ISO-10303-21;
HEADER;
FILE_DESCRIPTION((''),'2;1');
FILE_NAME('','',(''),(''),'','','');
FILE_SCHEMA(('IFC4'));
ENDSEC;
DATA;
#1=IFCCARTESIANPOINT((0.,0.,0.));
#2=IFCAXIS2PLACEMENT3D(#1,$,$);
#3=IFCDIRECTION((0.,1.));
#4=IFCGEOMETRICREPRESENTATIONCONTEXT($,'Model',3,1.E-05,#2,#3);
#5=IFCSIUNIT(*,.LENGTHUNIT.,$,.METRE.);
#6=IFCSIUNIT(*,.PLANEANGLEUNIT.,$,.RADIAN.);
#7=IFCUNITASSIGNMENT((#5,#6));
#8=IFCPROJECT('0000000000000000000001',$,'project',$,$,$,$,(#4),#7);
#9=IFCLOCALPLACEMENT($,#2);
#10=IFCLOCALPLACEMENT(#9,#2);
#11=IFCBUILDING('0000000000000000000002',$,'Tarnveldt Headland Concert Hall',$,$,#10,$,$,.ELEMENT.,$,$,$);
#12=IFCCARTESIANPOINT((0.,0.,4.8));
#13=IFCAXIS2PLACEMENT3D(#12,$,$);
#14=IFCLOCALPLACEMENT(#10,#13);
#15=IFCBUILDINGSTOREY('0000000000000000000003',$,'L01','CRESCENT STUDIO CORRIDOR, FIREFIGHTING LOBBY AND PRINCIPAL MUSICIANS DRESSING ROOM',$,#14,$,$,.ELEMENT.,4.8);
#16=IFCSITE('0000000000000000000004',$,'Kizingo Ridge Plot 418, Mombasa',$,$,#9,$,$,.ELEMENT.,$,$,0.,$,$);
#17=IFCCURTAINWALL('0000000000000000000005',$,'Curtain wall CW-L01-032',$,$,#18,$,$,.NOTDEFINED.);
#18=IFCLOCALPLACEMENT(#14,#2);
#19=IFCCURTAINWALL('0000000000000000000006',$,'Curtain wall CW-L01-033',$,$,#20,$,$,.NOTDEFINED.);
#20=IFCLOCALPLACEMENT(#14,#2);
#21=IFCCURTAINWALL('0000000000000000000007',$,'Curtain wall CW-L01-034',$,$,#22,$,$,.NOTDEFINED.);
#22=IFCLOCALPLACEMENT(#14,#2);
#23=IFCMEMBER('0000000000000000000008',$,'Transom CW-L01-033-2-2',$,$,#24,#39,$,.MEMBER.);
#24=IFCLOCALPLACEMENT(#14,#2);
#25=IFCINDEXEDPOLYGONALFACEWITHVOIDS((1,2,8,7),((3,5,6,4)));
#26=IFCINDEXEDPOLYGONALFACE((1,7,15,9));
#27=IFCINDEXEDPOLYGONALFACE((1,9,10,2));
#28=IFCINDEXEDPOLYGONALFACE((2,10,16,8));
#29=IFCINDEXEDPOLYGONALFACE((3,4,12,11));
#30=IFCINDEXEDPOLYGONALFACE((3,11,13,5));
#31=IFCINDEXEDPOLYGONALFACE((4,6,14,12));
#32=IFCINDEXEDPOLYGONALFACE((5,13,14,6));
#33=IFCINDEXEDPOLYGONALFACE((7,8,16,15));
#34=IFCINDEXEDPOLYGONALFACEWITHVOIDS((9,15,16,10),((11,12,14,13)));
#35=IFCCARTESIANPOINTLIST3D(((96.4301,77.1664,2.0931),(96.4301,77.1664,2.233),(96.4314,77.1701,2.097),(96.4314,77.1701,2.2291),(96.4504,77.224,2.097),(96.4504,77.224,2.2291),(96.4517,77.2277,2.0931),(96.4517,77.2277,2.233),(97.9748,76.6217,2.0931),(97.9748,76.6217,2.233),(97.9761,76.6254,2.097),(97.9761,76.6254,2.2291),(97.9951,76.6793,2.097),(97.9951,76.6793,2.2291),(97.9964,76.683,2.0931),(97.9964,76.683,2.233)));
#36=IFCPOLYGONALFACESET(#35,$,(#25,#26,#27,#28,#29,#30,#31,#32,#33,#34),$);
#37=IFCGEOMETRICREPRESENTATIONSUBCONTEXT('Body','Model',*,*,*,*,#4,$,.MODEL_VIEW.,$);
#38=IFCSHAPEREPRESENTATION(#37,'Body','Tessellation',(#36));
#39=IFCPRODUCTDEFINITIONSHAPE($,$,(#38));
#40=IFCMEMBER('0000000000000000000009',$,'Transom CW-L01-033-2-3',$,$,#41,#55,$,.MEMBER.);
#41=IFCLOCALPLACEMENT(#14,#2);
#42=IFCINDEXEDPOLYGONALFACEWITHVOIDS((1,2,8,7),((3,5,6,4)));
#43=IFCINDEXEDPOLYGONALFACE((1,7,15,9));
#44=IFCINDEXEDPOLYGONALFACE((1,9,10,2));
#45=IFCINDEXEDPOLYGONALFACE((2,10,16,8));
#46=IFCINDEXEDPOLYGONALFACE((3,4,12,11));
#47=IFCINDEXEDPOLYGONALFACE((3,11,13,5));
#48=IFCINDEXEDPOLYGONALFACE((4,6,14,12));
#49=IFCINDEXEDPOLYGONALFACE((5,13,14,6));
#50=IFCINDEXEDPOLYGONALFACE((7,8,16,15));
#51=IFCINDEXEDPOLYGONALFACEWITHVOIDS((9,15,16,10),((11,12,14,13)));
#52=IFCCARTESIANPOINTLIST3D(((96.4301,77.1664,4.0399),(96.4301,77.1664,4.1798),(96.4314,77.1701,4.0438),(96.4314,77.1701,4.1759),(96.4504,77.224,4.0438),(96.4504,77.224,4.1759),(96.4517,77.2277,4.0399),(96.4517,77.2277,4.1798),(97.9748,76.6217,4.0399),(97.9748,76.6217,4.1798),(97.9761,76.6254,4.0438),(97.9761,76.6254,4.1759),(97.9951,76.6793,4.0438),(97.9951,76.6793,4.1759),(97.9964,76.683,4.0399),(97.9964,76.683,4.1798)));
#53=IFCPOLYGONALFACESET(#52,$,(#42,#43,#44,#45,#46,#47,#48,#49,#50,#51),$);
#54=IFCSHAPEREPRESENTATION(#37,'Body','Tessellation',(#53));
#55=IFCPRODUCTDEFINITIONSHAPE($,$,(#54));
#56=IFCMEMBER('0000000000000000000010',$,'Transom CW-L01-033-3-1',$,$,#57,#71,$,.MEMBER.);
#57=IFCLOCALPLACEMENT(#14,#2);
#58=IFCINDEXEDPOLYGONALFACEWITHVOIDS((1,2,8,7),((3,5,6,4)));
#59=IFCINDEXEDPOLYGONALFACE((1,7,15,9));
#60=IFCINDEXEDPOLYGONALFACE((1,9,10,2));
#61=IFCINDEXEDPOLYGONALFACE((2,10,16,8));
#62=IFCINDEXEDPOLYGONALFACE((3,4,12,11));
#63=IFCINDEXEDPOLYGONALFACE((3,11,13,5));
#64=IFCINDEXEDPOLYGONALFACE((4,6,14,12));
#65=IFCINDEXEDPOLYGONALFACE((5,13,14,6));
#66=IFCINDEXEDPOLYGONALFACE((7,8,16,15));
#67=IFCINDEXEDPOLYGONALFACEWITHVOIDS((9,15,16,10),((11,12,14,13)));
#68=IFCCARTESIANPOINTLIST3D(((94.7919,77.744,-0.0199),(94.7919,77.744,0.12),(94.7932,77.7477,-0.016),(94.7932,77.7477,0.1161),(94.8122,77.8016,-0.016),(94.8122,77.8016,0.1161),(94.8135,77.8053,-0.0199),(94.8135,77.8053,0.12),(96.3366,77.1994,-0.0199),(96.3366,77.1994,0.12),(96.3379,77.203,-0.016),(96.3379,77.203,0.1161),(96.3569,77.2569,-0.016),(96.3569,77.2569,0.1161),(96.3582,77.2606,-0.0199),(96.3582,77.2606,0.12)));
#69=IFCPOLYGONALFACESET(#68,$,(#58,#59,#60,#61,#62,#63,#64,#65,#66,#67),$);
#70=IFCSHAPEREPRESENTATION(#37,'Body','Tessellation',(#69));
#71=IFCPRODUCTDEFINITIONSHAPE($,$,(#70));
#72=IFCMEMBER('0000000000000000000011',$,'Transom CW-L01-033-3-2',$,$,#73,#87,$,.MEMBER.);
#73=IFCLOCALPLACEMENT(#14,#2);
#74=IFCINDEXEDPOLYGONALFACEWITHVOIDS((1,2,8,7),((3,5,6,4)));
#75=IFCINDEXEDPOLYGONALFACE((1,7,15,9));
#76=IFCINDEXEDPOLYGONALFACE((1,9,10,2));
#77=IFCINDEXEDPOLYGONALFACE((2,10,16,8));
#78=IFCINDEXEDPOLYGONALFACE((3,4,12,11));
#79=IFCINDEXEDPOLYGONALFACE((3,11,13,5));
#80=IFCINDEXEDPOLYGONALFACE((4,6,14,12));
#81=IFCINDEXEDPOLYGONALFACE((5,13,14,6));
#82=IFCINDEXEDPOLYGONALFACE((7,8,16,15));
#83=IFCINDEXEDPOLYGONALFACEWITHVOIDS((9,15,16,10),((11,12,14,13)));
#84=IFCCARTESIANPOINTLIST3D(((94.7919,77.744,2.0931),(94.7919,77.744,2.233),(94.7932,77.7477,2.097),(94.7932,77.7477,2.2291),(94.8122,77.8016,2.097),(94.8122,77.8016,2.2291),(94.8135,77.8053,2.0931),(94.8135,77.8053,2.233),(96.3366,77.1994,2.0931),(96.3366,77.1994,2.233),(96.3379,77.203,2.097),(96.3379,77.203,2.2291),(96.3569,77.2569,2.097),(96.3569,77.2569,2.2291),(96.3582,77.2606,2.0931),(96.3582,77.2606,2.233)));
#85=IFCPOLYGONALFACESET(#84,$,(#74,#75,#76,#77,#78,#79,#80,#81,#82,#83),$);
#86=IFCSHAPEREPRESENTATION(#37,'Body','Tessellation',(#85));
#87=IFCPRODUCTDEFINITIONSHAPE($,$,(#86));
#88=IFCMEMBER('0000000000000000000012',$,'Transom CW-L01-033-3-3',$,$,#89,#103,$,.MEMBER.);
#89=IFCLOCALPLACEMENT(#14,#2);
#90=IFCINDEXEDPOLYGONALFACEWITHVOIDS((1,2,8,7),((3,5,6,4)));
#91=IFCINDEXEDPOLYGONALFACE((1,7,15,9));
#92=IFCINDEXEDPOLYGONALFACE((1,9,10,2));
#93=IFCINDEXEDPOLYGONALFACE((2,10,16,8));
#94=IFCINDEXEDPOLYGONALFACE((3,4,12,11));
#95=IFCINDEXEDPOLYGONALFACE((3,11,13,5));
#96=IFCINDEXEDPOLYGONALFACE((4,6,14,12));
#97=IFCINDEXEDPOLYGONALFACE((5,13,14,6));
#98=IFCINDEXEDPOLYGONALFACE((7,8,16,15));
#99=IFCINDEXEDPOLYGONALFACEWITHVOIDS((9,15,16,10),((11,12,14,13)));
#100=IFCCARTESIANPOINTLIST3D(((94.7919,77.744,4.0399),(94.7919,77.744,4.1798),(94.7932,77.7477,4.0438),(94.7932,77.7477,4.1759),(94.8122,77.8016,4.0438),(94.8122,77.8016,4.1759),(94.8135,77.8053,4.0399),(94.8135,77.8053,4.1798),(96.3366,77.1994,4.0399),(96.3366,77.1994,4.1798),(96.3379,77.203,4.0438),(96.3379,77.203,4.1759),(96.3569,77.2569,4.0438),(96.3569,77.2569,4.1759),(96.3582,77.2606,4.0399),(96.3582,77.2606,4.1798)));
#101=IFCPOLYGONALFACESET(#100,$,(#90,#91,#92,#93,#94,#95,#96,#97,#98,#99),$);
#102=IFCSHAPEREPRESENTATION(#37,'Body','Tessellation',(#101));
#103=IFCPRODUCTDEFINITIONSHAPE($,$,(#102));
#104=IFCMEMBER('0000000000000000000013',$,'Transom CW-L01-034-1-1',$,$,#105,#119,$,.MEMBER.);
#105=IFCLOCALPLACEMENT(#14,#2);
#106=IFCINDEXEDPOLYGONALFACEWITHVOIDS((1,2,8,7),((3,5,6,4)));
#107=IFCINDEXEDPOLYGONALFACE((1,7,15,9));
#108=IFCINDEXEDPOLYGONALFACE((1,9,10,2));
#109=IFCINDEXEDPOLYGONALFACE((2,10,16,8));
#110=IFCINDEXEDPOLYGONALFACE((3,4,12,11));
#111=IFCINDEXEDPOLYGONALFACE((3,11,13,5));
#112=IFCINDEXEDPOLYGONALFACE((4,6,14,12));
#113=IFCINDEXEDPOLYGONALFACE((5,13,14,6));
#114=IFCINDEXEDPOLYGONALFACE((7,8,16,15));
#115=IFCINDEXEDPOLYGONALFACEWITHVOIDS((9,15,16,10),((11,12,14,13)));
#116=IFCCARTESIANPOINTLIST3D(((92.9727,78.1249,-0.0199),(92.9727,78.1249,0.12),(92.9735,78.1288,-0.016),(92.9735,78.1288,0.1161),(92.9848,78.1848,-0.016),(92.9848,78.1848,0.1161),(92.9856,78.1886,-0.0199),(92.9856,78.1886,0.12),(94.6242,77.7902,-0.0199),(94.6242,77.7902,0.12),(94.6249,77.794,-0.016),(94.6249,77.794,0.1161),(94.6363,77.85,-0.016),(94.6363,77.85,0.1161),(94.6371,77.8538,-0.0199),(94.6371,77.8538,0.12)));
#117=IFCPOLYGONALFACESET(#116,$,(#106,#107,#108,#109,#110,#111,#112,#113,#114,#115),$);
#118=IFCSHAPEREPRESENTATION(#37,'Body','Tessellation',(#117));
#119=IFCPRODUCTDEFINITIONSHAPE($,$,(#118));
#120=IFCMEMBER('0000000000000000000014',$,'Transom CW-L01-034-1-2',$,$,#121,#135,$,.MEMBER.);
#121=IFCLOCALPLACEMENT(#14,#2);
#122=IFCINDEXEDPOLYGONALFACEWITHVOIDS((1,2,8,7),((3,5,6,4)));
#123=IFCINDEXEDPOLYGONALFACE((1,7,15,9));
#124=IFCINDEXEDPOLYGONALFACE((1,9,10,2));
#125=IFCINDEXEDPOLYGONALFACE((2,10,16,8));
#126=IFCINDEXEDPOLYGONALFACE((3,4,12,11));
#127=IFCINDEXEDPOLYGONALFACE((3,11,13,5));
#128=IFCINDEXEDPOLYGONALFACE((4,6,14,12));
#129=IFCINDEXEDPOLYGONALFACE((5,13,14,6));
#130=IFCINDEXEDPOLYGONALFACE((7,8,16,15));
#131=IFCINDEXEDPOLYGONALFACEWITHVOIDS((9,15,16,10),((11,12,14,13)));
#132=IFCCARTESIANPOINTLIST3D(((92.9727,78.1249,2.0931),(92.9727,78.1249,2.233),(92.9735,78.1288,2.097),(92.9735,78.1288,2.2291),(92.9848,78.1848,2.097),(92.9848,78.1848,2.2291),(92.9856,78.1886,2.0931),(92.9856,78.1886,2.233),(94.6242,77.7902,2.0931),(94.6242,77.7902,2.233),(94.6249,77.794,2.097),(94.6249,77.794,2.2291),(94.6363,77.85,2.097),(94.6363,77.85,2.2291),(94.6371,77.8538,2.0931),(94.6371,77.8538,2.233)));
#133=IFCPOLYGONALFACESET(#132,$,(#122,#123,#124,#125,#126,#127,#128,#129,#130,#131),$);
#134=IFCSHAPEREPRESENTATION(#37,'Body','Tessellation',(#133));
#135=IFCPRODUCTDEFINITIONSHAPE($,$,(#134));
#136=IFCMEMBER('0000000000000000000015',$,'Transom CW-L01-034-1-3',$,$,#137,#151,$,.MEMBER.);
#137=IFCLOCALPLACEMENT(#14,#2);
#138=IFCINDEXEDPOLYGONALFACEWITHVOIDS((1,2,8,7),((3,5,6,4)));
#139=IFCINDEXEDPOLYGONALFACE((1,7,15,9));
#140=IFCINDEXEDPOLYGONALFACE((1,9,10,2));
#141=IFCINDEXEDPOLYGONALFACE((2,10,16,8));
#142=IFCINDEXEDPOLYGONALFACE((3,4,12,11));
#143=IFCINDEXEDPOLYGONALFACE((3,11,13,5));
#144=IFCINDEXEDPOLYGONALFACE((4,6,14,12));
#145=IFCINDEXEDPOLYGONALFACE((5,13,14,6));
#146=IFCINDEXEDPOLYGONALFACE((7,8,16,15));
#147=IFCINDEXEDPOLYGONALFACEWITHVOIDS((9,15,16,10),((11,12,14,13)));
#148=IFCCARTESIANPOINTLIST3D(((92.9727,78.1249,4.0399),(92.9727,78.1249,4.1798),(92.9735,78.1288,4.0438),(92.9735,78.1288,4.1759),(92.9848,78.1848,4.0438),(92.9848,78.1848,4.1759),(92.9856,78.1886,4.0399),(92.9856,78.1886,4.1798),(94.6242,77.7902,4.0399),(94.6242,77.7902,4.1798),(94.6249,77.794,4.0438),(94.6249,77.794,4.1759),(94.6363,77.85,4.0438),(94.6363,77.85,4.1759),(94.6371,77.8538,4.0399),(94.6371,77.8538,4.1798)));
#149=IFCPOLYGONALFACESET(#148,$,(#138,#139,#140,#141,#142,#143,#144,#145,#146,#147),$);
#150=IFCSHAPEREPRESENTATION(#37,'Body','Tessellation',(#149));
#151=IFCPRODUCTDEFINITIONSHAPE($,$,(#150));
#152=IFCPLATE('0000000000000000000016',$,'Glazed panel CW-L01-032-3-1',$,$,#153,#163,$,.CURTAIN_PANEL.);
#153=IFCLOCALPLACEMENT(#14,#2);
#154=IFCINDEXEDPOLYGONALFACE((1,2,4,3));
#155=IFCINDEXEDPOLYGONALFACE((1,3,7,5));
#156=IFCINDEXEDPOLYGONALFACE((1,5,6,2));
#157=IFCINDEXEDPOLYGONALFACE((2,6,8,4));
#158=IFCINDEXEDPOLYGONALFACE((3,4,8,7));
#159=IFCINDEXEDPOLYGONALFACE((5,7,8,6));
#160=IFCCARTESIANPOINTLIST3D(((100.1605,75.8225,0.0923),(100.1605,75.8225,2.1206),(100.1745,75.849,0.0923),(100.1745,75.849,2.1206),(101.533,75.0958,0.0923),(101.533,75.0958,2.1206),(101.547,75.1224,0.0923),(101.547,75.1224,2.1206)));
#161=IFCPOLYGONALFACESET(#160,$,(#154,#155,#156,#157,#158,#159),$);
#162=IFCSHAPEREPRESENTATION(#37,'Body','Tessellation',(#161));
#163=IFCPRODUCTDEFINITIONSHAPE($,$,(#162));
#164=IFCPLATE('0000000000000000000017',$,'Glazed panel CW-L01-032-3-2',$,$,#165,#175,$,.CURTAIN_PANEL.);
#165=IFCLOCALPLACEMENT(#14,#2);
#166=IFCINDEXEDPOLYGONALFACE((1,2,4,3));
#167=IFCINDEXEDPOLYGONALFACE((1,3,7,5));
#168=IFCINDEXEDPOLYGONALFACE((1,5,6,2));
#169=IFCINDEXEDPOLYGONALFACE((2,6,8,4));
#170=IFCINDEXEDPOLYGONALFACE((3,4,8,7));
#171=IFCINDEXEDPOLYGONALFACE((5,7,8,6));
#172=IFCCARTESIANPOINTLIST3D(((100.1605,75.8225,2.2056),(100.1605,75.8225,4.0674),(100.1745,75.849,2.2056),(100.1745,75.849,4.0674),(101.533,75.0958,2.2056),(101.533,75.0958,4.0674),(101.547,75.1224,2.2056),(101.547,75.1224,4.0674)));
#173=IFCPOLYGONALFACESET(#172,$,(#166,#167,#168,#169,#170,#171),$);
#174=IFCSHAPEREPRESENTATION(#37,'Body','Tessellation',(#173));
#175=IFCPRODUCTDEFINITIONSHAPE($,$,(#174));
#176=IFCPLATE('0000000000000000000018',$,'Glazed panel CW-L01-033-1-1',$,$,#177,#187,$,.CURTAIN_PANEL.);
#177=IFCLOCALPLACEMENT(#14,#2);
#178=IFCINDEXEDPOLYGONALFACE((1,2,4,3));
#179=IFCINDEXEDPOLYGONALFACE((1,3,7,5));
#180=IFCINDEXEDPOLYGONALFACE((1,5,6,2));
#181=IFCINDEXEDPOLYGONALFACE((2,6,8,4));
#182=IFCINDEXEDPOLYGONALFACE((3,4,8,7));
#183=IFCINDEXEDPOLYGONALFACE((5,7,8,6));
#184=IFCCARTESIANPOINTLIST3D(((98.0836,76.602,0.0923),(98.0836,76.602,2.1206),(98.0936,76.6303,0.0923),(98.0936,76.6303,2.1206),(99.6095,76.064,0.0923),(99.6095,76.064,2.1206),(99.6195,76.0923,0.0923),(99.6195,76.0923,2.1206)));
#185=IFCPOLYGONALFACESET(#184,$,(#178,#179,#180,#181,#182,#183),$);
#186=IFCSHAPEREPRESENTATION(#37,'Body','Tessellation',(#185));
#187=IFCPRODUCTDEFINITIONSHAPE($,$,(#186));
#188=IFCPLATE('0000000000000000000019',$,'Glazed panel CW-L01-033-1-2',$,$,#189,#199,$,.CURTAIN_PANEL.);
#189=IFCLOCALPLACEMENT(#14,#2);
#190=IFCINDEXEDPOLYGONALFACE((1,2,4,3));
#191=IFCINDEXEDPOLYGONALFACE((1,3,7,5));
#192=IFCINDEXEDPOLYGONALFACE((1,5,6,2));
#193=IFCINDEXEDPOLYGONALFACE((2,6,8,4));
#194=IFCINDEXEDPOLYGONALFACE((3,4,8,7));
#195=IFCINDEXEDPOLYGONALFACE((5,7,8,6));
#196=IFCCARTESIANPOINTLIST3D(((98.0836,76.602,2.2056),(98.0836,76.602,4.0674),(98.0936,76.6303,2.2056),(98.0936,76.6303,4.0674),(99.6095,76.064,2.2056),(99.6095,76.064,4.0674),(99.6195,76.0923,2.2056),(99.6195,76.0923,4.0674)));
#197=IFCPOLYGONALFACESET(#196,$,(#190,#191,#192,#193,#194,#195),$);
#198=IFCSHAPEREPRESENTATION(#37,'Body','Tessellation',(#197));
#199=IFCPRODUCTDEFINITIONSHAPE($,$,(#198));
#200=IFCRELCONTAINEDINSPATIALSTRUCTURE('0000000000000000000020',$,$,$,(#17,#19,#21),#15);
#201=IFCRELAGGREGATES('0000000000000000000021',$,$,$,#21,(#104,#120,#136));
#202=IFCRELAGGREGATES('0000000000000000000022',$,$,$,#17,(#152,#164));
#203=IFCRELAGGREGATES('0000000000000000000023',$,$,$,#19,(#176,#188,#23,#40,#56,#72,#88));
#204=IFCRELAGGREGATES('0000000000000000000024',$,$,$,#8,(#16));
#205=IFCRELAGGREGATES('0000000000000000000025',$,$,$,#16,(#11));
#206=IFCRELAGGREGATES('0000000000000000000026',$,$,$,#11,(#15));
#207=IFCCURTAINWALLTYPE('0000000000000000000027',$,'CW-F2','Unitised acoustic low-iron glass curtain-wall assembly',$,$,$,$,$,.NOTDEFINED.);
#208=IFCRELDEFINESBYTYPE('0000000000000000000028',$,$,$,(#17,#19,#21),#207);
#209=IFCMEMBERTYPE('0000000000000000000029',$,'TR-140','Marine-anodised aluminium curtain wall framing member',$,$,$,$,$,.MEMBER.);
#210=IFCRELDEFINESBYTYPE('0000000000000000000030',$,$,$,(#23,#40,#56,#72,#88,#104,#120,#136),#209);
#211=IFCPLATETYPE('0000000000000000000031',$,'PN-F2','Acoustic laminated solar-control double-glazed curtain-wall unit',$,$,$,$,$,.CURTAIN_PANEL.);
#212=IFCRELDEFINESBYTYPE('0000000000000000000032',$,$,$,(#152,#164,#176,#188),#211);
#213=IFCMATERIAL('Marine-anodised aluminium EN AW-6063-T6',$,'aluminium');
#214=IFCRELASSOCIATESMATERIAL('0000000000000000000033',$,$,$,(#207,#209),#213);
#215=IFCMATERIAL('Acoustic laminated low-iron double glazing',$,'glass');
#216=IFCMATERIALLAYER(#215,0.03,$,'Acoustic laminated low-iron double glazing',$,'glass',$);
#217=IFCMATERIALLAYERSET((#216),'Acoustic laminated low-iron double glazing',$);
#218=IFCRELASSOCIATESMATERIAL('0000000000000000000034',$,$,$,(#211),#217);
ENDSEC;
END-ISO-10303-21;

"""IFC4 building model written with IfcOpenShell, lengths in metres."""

from ifc_helpers import new_model, si_unit, direction, frame, origin, origin_2d, place, context, subcontext, project, spatial, rectangle, hollow_rectangle, extrude, material, layer, layer_set, material_profile, profile_set, type_object, element, aggregate, save


model = new_model("IFC4")

# Units and contexts
model_context = context("Model", 3, precision=1e-05, world=origin(), true_north=direction((0.0, 1.0)))
body_context = subcontext(model_context, "Body", "Model", "MODEL_VIEW")
ifc_project = project(units=[si_unit("LENGTHUNIT", "METRE"), si_unit("PLANEANGLEUNIT", "RADIAN")], contexts=[model_context])

# Site, building, storey
site_placement = place(None, origin())
site = spatial("IfcSite", under=ifc_project, at=site_placement, Name="Kizingo Ridge Plot 418, Mombasa", CompositionType="ELEMENT", RefElevation=0.0)
building_placement = place(site_placement, origin())
building = spatial("IfcBuilding", under=site, at=building_placement, Name="Tarnveldt Headland Concert Hall", CompositionType="ELEMENT")
storey_placement = place(building_placement, frame((0.0, 0.0, 4.8)))
storey = spatial("IfcBuildingStorey", under=building, at=storey_placement, Name="L01", Description="CRESCENT STUDIO CORRIDOR, FIREFIGHTING LOBBY AND PRINCIPAL MUSICIANS DRESSING ROOM", CompositionType="ELEMENT", Elevation=4.8)

# Curtain wall
ifc_material_1 = material(Name="Marine-anodised aluminium EN AW-6063-T6", Category="aluminium")
curtain_wall_type = type_object("IfcCurtainWallType", Name="CW-F2", Description="Unitised acoustic low-iron glass curtain-wall assembly", PredefinedType="NOTDEFINED", material=ifc_material_1)
curtain_wall_1_placement = place(storey_placement, origin())
curtain_wall_1 = element("IfcCurtainWall", 1, at=curtain_wall_1_placement, inside=storey, type_object=curtain_wall_type, Name="Curtain wall CW-L01-032", PredefinedType="NOTDEFINED")

# Curtain wall
curtain_wall_2_placement = place(storey_placement, origin())
curtain_wall_2 = element("IfcCurtainWall", 2, at=curtain_wall_2_placement, inside=storey, type_object=curtain_wall_type, Name="Curtain wall CW-L01-033", PredefinedType="NOTDEFINED")

# Curtain wall
curtain_wall_3_placement = place(storey_placement, origin())
curtain_wall_3 = element("IfcCurtainWall", 3, at=curtain_wall_3_placement, inside=storey, type_object=curtain_wall_type, Name="Curtain wall CW-L01-034", PredefinedType="NOTDEFINED")

# Members
ifc_material_profile_1 = material_profile(ifc_material_1, hollow_rectangle(XDim=0.0649, YDim=0.1399, WallThickness=0.0039, at=origin_2d()), Name="ALU TRANSOM 65x140x4", Category="aluminium")
ifc_profile_set_1 = profile_set([ifc_material_profile_1], Name="Marine-anodised aluminium EN AW-6063-T6")
member_type_1 = type_object("IfcMemberType", Name="TR-140", Description="Marine-anodised aluminium curtain wall framing member", PredefinedType="MEMBER", material=ifc_profile_set_1)
member_1_placement = place(storey_placement, frame((97.9856, 76.6523, 2.1631), z_axis=(-0.943087, 0.332547, 0.0), x_axis=(-0.332547, -0.943087, 0.0)))
member_1 = element("IfcMember", 4, at=member_1_placement, type_object=member_type_1, Name="Transom CW-L01-033-2-2", PredefinedType="MEMBER", context=body_context, shape_type="SweptSolid", body=[
    extrude(hollow_rectangle(XDim=0.0649, YDim=0.1399, WallThickness=0.0039, at=origin_2d()), origin(), (0.0, 0.0, 1.0), 1.6379),
])
member_2_placement = place(storey_placement, frame((97.9856, 76.6523, 4.1099), z_axis=(-0.943087, 0.332547, 0.0), x_axis=(-0.332547, -0.943087, 0.0)))
member_2 = element("IfcMember", 5, at=member_2_placement, type_object=member_type_1, Name="Transom CW-L01-033-2-3", PredefinedType="MEMBER", context=body_context, shape_type="SweptSolid", body=[
    extrude(hollow_rectangle(XDim=0.0649, YDim=0.1399, WallThickness=0.0039, at=origin_2d()), origin(), (0.0, 0.0, 1.0), 1.6379),
])
member_3_placement = place(storey_placement, frame((96.3474, 77.23, 0.05), z_axis=(-0.943087, 0.332547, 0.0), x_axis=(-0.332547, -0.943087, 0.0)))
member_3 = element("IfcMember", 6, at=member_3_placement, type_object=member_type_1, Name="Transom CW-L01-033-3-1", PredefinedType="MEMBER", context=body_context, shape_type="SweptSolid", body=[
    extrude(hollow_rectangle(XDim=0.0649, YDim=0.1399, WallThickness=0.0039, at=origin_2d()), origin(), (0.0, 0.0, 1.0), 1.6379),
])
member_4_placement = place(storey_placement, frame((96.3474, 77.23, 2.1631), z_axis=(-0.943087, 0.332547, 0.0), x_axis=(-0.332547, -0.943087, 0.0)))
member_4 = element("IfcMember", 7, at=member_4_placement, type_object=member_type_1, Name="Transom CW-L01-033-3-2", PredefinedType="MEMBER", context=body_context, shape_type="SweptSolid", body=[
    extrude(hollow_rectangle(XDim=0.0649, YDim=0.1399, WallThickness=0.0039, at=origin_2d()), origin(), (0.0, 0.0, 1.0), 1.6379),
])
member_5_placement = place(storey_placement, frame((96.3474, 77.23, 4.1099), z_axis=(-0.943087, 0.332547, 0.0), x_axis=(-0.332547, -0.943087, 0.0)))
member_5 = element("IfcMember", 8, at=member_5_placement, type_object=member_type_1, Name="Transom CW-L01-033-3-3", PredefinedType="MEMBER", context=body_context, shape_type="SweptSolid", body=[
    extrude(hollow_rectangle(XDim=0.0649, YDim=0.1399, WallThickness=0.0039, at=origin_2d()), origin(), (0.0, 0.0, 1.0), 1.6379),
])
member_6_placement = place(storey_placement, frame((94.6306, 77.822, 0.05), z_axis=(-0.98007, 0.198651, 0.0), x_axis=(-0.198651, -0.98007, 0.0)))
member_6 = element("IfcMember", 9, at=member_6_placement, type_object=member_type_1, Name="Transom CW-L01-034-1-1", PredefinedType="MEMBER", context=body_context, shape_type="SweptSolid", body=[
    extrude(hollow_rectangle(XDim=0.0649, YDim=0.1399, WallThickness=0.0039, at=origin_2d()), origin(), (0.0, 0.0, 1.0), 1.6851),
])
member_7_placement = place(storey_placement, frame((94.6306, 77.822, 2.1631), z_axis=(-0.98007, 0.198651, 0.0), x_axis=(-0.198651, -0.98007, 0.0)))
member_7 = element("IfcMember", 10, at=member_7_placement, type_object=member_type_1, Name="Transom CW-L01-034-1-2", PredefinedType="MEMBER", context=body_context, shape_type="SweptSolid", body=[
    extrude(hollow_rectangle(XDim=0.0649, YDim=0.1399, WallThickness=0.0039, at=origin_2d()), origin(), (0.0, 0.0, 1.0), 1.6851),
])
member_8_placement = place(storey_placement, frame((94.6306, 77.822, 4.1099), z_axis=(-0.98007, 0.198651, 0.0), x_axis=(-0.198651, -0.98007, 0.0)))
member_8 = element("IfcMember", 11, at=member_8_placement, type_object=member_type_1, Name="Transom CW-L01-034-1-3", PredefinedType="MEMBER", context=body_context, shape_type="SweptSolid", body=[
    extrude(hollow_rectangle(XDim=0.0649, YDim=0.1399, WallThickness=0.0039, at=origin_2d()), origin(), (0.0, 0.0, 1.0), 1.6851),
])
aggregate(curtain_wall_3, [member_6, member_7, member_8])

# Plates
ifc_material_2 = material(Name="Acoustic laminated low-iron double glazing", Category="glass")
ifc_layer_1 = layer(ifc_material_2, 0.03, Name="Acoustic laminated low-iron double glazing", Category="glass")
ifc_layer_set_1 = layer_set([ifc_layer_1], Name="Acoustic laminated low-iron double glazing")
plate_type = type_object("IfcPlateType", Name="PN-F2", Description="Acoustic laminated solar-control double-glazed curtain-wall unit", PredefinedType="CURTAIN_PANEL", material=ifc_layer_set_1)
plate_1_placement = place(storey_placement, frame((100.8538, 75.4724, 0.0923), z_axis=(0.0, 0.0, 1.0), x_axis=(-0.883782, 0.467899, 0.0)))
plate_1 = element("IfcPlate", 12, at=plate_1_placement, type_object=plate_type, Name="Glazed panel CW-L01-032-3-1", PredefinedType="CURTAIN_PANEL", context=body_context, shape_type="SweptSolid", body=[
    extrude(rectangle(XDim=1.553, YDim=0.03, at=origin_2d()), origin(), (0.0, 0.0, 1.0), 2.0283),
])
plate_2_placement = place(storey_placement, frame((100.8538, 75.4724, 2.2056), z_axis=(0.0, 0.0, 1.0), x_axis=(-0.883782, 0.467899, 0.0)))
plate_2 = element("IfcPlate", 13, at=plate_2_placement, type_object=plate_type, Name="Glazed panel CW-L01-032-3-2", PredefinedType="CURTAIN_PANEL", context=body_context, shape_type="SweptSolid", body=[
    extrude(rectangle(XDim=1.553, YDim=0.03, at=origin_2d()), origin(), (0.0, 0.0, 1.0), 1.8618),
])
aggregate(curtain_wall_1, [plate_1, plate_2])
plate_3_placement = place(storey_placement, frame((98.8516, 76.3472, 0.0923), z_axis=(0.0, 0.0, 1.0), x_axis=(-0.943095, 0.332523, 0.0)))
plate_3 = element("IfcPlate", 14, at=plate_3_placement, type_object=plate_type, Name="Glazed panel CW-L01-033-1-1", PredefinedType="CURTAIN_PANEL", context=body_context, shape_type="SweptSolid", body=[
    extrude(rectangle(XDim=1.6179, YDim=0.03, at=origin_2d()), origin(), (0.0, 0.0, 1.0), 2.0283),
])
plate_4_placement = place(storey_placement, frame((98.8516, 76.3472, 2.2056), z_axis=(0.0, 0.0, 1.0), x_axis=(-0.943095, 0.332523, 0.0)))
plate_4 = element("IfcPlate", 15, at=plate_4_placement, type_object=plate_type, Name="Glazed panel CW-L01-033-1-2", PredefinedType="CURTAIN_PANEL", context=body_context, shape_type="SweptSolid", body=[
    extrude(rectangle(XDim=1.6179, YDim=0.03, at=origin_2d()), origin(), (0.0, 0.0, 1.0), 1.8618),
])
aggregate(curtain_wall_2, [plate_3, plate_4, member_1, member_2, member_3, member_4, member_5])

save(model, "model.ifc")
